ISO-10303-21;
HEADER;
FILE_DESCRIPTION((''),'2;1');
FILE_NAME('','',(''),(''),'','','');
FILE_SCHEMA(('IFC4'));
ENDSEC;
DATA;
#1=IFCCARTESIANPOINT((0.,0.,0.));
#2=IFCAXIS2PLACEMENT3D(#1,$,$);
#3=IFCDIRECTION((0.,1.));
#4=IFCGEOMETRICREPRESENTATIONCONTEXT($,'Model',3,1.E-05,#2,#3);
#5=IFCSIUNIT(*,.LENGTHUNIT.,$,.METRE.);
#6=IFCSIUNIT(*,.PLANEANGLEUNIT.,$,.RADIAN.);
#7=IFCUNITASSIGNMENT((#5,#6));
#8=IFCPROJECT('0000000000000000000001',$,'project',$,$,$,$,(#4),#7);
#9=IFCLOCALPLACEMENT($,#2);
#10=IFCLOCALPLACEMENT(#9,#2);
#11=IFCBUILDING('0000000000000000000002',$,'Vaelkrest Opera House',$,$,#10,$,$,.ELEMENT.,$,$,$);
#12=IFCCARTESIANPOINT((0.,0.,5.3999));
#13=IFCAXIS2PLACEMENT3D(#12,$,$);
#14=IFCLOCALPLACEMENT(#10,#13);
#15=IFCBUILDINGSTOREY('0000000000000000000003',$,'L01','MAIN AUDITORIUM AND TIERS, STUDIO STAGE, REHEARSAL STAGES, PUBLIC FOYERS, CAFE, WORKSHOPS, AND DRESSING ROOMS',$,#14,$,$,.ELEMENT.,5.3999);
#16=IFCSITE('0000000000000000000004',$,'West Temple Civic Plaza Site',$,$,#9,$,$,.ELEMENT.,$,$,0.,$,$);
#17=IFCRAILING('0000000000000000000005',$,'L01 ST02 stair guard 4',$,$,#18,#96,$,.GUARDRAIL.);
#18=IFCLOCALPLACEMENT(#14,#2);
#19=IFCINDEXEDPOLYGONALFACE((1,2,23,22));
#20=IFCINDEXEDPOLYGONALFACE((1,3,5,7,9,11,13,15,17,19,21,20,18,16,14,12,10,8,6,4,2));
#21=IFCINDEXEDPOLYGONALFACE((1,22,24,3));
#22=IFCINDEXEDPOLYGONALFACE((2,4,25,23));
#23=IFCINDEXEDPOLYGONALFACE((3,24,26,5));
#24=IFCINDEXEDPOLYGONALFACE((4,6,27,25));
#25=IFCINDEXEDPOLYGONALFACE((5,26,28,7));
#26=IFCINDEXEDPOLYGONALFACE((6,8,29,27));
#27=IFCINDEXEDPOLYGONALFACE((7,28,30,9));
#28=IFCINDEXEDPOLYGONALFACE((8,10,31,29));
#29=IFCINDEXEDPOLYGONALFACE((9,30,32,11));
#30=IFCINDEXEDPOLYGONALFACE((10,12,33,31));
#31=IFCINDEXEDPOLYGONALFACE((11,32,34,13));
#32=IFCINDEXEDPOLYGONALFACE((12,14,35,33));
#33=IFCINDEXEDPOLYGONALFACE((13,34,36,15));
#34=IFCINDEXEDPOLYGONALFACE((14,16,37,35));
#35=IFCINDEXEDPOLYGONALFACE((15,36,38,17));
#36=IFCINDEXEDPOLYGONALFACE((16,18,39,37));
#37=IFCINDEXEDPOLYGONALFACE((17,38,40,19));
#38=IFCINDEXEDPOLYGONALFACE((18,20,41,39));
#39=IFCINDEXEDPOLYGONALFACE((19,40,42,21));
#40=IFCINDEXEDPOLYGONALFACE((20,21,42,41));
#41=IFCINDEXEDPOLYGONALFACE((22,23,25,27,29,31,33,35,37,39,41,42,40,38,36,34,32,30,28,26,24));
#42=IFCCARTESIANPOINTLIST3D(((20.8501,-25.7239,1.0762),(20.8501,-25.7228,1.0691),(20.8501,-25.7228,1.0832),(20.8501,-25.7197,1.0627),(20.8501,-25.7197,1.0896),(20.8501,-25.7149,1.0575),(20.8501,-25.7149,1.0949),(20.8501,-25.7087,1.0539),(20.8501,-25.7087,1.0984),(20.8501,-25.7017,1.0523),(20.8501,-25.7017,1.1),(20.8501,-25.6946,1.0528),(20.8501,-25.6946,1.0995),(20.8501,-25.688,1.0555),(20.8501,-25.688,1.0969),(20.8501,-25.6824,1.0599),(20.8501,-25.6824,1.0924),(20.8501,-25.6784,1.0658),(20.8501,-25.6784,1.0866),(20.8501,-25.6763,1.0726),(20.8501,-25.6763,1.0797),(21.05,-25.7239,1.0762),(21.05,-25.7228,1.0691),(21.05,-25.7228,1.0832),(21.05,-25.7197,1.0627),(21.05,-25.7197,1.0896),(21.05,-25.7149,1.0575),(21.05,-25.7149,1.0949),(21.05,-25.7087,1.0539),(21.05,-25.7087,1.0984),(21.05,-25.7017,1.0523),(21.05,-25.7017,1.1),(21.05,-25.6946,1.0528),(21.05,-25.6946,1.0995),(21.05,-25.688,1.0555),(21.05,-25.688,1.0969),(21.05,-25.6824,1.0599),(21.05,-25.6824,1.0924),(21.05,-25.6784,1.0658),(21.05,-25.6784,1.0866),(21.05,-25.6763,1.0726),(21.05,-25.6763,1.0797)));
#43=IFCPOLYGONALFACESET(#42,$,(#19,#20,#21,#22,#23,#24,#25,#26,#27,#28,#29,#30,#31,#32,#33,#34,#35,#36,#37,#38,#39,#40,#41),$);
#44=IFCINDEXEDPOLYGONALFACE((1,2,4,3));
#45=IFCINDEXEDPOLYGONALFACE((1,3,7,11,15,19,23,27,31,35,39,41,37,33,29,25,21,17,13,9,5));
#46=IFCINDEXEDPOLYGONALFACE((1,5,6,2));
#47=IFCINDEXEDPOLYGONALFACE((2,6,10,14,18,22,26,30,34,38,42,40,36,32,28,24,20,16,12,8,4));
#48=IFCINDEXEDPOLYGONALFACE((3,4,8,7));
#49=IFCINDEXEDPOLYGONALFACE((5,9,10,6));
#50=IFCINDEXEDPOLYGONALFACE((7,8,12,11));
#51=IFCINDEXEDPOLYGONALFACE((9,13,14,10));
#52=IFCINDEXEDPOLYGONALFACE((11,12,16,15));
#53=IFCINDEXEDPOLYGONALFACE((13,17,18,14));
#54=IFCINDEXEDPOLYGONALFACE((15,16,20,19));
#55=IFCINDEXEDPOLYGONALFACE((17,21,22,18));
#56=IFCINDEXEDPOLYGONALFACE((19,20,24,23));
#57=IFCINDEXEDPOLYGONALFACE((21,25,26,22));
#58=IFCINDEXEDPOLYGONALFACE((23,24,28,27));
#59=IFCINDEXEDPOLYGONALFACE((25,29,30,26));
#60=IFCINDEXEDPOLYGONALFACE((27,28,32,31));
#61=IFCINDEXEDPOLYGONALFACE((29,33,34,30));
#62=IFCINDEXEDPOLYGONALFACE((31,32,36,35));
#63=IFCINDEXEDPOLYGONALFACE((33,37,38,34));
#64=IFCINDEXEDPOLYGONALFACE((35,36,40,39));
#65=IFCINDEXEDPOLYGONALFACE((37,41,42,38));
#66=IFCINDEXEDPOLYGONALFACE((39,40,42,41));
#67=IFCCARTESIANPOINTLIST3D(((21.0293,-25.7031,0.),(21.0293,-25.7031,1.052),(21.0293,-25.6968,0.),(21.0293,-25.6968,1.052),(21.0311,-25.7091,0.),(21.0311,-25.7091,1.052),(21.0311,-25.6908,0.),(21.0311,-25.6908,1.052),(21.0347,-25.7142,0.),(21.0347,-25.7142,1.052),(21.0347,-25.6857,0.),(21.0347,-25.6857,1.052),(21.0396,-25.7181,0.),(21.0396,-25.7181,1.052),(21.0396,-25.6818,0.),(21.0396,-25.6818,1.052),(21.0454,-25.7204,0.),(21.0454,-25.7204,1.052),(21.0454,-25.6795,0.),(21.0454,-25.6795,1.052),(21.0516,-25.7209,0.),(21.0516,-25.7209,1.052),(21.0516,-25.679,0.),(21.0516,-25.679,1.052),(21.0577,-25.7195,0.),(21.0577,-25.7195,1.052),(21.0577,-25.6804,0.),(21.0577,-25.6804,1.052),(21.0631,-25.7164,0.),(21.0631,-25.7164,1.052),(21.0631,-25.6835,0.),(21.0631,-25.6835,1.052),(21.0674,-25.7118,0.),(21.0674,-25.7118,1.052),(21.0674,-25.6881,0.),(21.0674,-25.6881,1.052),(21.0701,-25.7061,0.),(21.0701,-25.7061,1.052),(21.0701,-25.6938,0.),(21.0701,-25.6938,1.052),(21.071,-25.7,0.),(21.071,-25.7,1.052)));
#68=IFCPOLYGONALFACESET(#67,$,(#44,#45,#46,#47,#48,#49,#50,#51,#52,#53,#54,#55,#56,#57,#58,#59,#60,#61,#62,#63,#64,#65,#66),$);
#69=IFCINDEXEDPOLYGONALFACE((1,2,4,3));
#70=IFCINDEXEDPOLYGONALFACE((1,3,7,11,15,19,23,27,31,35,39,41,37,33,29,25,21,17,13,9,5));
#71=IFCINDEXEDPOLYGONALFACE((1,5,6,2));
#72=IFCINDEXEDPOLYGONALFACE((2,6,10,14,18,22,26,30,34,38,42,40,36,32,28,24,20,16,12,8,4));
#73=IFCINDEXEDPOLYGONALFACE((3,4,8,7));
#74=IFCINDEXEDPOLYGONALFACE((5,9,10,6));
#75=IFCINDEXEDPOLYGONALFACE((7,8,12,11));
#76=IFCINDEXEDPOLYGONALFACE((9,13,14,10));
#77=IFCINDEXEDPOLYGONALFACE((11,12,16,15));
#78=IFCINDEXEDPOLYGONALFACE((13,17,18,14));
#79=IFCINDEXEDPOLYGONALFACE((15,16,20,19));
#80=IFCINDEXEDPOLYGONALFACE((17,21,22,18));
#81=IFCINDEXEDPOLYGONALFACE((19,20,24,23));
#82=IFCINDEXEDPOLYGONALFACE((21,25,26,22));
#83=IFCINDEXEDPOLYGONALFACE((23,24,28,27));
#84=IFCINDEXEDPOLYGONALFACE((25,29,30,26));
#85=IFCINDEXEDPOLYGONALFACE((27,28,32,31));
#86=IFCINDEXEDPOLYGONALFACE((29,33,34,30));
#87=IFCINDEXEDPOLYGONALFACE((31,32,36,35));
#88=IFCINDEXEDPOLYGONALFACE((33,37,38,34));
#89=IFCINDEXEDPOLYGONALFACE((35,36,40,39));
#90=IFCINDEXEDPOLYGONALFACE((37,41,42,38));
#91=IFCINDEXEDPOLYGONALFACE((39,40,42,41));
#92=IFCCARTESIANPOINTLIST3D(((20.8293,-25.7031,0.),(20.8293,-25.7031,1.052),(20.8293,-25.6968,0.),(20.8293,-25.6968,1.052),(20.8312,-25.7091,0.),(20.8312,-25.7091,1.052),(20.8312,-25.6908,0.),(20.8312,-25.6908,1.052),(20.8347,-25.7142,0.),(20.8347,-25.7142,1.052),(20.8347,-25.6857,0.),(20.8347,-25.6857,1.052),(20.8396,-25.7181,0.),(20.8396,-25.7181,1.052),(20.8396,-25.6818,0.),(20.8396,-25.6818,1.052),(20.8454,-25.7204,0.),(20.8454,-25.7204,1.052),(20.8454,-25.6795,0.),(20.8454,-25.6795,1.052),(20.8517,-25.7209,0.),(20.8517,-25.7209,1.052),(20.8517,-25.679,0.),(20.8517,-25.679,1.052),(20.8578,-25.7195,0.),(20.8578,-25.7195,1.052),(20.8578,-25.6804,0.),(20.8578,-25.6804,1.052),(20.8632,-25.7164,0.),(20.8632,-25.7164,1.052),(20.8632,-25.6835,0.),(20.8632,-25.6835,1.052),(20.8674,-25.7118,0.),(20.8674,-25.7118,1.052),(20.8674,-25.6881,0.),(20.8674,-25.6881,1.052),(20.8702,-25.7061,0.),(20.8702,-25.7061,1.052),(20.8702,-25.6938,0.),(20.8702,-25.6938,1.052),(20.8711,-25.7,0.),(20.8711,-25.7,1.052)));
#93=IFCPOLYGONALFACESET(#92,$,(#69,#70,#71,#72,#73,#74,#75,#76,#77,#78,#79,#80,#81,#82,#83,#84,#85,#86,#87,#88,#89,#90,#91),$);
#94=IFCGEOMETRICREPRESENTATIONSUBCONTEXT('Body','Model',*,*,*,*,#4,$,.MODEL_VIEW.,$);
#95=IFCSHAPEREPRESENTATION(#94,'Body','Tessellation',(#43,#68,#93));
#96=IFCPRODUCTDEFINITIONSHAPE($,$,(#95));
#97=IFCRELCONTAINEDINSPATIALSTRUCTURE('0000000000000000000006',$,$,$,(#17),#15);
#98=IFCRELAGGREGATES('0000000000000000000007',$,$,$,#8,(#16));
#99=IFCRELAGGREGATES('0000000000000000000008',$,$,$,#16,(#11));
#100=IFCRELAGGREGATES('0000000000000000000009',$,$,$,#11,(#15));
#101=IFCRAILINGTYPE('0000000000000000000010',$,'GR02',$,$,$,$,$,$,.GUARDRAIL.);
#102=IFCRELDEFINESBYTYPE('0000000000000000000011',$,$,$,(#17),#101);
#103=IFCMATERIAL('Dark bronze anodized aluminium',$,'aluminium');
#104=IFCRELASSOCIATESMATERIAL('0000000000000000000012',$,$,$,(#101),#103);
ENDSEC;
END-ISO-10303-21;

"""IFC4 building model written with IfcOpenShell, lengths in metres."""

from ifc_helpers import new_model, si_unit, direction, frame, origin, origin_2d, place, context, subcontext, project, spatial, circle, extrude, material, type_object, element, save


model = new_model("IFC4")

# Units and contexts
model_context = context("Model", 3, precision=1e-05, world=origin(), true_north=direction((0.0, 1.0)))
body_context = subcontext(model_context, "Body", "Model", "MODEL_VIEW")
ifc_project = project(units=[si_unit("LENGTHUNIT", "METRE"), si_unit("PLANEANGLEUNIT", "RADIAN")], contexts=[model_context])

# Site, building, storey
site_placement = place(None, origin())
site = spatial("IfcSite", under=ifc_project, at=site_placement, Name="West Temple Civic Plaza Site", CompositionType="ELEMENT", RefElevation=0.0)
building_placement = place(site_placement, origin())
building = spatial("IfcBuilding", under=site, at=building_placement, Name="Vaelkrest Opera House", CompositionType="ELEMENT")
storey_placement = place(building_placement, frame((0.0, 0.0, 5.3999)))
storey = spatial("IfcBuildingStorey", under=building, at=storey_placement, Name="L01", Description="MAIN AUDITORIUM AND TIERS, STUDIO STAGE, REHEARSAL STAGES, PUBLIC FOYERS, CAFE, WORKSHOPS, AND DRESSING ROOMS", CompositionType="ELEMENT", Elevation=5.3999)

# Railing
ifc_material_1 = material(Name="Dark bronze anodized aluminium", Category="aluminium")
railing_type_1 = type_object("IfcRailingType", Name="GR02", PredefinedType="GUARDRAIL", material=ifc_material_1)
railing_1_placement = place(storey_placement, frame((21.05, -25.7, 0.0)))
element("IfcRailing", 1, at=railing_1_placement, inside=storey, type_object=railing_type_1, Name="L01 ST02 stair guard 4", PredefinedType="GUARDRAIL", context=body_context, shape_type="SweptSolid", body=[
    extrude(circle(Radius=0.0239, at=origin_2d()), frame((0.0, 0.0, 1.0762), z_axis=(-1.0, 0.0, 0.0), x_axis=(0.0, -1.0, 0.0)), (0.0, 0.0, 1.0), 0.2),
    extrude(circle(Radius=0.021, at=origin_2d()), origin(), (0.0, 0.0, 1.0), 1.052),
    extrude(circle(Radius=0.021, at=origin_2d()), frame((-0.2, 0.0, 0.0)), (0.0, 0.0, 1.0), 1.052),
])

save(model, "model.ifc")
